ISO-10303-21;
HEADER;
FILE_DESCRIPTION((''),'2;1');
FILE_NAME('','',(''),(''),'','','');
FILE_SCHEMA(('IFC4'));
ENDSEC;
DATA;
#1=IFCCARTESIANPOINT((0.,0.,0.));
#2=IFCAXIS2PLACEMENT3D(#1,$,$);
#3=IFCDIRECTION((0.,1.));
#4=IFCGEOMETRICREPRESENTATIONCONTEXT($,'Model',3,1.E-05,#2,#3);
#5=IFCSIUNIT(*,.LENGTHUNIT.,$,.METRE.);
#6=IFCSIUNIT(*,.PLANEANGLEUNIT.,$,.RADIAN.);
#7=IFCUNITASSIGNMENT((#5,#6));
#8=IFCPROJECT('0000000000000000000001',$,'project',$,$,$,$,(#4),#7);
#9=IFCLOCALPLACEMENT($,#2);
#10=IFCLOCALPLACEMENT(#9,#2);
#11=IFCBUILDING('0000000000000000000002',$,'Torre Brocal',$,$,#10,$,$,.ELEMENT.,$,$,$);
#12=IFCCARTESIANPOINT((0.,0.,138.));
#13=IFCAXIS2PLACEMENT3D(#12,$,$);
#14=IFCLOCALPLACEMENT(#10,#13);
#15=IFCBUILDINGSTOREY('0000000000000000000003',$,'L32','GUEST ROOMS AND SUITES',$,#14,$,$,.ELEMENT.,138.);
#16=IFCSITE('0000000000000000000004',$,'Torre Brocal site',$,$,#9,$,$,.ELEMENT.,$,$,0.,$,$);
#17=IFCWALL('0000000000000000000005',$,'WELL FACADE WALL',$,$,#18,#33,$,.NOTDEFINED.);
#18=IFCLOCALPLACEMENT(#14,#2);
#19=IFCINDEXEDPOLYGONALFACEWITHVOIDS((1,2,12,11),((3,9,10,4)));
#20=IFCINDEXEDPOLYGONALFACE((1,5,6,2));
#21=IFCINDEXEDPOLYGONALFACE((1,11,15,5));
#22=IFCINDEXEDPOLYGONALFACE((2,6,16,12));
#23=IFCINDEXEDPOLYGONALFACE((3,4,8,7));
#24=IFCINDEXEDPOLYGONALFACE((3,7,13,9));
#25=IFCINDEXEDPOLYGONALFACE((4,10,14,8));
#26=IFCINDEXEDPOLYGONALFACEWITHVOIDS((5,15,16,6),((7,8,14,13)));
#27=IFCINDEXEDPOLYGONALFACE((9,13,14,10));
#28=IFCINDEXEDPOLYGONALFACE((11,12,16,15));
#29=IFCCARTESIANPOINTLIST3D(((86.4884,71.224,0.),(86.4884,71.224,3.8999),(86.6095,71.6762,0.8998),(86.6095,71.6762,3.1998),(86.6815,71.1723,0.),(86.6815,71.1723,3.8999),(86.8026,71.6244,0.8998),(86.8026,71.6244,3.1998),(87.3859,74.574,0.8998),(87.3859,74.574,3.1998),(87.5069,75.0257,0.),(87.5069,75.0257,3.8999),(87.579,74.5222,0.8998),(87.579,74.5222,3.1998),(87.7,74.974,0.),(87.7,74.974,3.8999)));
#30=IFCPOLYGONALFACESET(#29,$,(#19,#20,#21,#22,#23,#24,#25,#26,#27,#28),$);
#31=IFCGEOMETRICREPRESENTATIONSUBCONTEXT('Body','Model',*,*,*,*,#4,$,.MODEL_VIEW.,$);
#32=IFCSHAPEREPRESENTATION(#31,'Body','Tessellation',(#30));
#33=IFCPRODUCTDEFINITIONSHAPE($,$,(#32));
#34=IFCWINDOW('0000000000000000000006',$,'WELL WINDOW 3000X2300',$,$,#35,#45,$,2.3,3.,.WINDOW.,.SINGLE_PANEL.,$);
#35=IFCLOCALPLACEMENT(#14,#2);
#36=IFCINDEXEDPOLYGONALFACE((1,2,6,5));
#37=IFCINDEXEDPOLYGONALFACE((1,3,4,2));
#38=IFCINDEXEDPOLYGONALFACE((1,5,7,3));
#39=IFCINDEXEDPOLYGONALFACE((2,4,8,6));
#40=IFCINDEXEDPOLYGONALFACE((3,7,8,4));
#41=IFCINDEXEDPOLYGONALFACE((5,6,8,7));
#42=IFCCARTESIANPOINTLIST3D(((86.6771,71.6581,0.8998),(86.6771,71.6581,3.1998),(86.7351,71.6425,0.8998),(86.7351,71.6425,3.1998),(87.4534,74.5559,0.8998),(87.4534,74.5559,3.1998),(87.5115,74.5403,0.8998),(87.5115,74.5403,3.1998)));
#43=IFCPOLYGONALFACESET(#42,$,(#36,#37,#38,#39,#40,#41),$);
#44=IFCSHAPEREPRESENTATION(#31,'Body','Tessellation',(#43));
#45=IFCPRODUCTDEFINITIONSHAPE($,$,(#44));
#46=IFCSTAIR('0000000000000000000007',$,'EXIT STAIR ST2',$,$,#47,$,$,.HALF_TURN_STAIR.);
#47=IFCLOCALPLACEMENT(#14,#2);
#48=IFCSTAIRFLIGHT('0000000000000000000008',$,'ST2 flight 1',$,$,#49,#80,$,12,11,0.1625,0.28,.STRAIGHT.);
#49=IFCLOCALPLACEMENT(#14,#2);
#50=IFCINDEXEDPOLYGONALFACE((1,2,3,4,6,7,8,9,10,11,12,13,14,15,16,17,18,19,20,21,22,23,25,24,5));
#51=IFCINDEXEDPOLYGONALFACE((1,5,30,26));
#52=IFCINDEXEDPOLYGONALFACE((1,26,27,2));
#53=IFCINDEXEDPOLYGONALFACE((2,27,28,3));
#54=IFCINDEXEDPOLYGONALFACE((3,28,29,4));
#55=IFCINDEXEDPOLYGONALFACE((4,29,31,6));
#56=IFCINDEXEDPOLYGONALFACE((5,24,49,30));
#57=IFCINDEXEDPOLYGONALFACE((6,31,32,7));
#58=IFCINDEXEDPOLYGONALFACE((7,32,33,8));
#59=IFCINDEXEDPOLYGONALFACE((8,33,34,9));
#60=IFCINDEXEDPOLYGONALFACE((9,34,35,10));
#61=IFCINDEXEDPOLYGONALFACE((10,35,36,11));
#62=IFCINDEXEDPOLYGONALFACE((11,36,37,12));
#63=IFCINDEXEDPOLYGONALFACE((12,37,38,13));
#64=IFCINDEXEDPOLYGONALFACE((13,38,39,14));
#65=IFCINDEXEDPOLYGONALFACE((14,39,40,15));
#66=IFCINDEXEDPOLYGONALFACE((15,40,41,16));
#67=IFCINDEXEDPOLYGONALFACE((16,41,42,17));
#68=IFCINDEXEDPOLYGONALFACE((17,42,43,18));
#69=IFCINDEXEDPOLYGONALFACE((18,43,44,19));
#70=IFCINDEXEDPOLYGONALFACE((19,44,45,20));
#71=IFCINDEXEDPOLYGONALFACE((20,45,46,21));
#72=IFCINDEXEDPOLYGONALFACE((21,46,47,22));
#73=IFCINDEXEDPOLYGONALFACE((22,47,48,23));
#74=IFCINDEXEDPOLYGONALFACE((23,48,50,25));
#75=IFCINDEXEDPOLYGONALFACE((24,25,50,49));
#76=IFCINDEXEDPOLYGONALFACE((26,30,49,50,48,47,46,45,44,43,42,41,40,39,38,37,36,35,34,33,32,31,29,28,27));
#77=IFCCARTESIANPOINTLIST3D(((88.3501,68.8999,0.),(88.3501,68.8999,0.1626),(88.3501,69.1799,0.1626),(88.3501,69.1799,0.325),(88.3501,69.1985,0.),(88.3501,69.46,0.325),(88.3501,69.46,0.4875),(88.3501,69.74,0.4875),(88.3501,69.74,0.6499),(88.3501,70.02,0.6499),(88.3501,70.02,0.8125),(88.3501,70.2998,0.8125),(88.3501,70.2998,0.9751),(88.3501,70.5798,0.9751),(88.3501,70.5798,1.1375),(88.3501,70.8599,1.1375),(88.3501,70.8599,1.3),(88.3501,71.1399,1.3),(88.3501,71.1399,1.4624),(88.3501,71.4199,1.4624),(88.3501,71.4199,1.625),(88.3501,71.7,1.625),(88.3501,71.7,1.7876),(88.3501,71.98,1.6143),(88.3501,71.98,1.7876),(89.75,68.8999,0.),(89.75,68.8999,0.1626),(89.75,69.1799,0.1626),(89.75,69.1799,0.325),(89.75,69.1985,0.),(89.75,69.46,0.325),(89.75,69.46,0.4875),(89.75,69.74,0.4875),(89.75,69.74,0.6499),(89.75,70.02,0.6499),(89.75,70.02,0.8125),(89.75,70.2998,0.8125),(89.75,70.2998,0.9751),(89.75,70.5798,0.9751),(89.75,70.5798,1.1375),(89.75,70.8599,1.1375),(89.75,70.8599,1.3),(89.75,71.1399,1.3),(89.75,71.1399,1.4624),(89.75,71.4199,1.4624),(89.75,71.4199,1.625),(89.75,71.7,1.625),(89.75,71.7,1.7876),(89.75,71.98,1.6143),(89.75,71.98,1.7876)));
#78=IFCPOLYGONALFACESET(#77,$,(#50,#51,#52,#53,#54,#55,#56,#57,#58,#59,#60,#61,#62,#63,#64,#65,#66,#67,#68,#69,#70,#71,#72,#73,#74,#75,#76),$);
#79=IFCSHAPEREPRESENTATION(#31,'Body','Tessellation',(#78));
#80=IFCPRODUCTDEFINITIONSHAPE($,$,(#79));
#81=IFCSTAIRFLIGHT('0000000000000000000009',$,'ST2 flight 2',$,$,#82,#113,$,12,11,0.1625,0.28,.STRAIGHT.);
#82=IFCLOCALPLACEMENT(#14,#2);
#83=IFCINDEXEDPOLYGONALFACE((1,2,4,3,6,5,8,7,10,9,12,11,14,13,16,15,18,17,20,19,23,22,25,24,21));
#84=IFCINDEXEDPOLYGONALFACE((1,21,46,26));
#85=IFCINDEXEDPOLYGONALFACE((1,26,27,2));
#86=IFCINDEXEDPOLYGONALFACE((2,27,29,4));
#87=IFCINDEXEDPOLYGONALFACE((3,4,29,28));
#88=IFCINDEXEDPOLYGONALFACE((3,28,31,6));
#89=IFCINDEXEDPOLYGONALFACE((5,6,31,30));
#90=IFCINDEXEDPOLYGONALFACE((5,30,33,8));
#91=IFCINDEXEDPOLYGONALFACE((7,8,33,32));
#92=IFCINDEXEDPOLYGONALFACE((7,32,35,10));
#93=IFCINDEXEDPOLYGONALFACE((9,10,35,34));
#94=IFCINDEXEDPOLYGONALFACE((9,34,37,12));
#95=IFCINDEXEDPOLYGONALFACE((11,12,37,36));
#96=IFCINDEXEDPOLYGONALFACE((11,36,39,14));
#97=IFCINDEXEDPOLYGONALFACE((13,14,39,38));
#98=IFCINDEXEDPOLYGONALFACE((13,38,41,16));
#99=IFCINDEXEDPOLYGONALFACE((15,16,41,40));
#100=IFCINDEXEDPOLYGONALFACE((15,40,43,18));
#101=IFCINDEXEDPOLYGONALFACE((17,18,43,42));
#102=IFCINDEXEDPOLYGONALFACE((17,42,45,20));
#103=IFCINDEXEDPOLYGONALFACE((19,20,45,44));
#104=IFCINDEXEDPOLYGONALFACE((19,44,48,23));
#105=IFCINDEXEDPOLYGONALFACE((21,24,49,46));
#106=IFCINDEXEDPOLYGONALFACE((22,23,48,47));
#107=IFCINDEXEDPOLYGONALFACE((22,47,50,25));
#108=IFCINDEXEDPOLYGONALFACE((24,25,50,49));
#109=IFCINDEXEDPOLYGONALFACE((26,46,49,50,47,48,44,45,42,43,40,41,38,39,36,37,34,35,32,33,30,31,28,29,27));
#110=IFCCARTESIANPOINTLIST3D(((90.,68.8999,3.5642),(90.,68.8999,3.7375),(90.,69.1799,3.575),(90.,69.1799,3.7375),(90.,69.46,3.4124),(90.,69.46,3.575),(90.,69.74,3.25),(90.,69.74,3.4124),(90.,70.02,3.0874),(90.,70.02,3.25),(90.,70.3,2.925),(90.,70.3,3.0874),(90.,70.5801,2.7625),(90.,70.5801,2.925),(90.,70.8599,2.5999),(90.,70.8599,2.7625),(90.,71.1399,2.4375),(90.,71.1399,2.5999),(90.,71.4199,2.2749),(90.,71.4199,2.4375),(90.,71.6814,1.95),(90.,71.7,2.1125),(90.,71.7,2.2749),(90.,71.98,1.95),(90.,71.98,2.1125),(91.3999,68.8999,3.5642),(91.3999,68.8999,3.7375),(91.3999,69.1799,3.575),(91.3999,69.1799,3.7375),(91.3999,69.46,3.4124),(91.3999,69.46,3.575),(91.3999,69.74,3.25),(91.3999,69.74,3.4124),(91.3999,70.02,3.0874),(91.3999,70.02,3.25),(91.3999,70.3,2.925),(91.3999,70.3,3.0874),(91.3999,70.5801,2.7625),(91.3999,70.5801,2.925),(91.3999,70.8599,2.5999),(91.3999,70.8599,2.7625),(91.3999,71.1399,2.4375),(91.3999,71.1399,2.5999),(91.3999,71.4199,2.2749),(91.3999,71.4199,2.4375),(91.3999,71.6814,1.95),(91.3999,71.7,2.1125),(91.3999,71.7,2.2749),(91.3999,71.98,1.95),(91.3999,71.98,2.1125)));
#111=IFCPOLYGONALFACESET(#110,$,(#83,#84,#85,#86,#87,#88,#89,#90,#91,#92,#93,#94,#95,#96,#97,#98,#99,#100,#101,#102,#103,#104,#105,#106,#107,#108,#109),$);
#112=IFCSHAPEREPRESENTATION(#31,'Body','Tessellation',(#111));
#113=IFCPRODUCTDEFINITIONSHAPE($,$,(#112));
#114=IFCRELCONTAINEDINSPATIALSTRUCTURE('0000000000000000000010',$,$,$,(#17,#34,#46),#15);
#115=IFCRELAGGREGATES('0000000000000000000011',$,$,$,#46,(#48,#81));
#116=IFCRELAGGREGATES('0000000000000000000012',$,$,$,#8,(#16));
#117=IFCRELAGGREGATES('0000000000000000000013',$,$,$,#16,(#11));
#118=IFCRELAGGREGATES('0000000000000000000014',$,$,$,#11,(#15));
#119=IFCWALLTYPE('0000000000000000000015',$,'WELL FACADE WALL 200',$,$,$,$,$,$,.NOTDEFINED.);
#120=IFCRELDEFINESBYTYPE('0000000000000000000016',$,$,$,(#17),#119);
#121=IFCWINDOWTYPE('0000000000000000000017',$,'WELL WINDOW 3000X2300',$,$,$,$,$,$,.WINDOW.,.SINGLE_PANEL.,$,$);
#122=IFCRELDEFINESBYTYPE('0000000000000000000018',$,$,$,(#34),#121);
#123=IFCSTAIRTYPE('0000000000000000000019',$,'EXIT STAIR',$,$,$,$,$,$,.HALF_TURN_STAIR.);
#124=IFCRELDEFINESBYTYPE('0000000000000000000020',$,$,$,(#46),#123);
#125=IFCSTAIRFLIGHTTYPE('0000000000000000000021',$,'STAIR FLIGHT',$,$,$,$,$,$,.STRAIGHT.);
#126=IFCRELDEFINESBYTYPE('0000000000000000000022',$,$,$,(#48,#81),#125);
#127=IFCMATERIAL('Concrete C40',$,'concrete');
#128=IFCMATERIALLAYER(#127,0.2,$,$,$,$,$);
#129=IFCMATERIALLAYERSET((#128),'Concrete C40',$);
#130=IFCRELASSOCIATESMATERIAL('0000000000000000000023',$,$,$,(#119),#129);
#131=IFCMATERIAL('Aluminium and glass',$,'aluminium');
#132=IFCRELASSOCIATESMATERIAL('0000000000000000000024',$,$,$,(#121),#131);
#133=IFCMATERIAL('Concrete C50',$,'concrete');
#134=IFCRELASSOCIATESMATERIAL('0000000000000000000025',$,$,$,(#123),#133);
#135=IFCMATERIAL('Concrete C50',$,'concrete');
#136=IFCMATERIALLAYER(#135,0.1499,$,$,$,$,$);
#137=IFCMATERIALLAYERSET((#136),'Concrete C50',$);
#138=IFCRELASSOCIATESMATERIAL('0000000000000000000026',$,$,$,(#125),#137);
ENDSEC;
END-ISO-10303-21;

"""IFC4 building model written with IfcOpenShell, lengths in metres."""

from ifc_helpers import new_model, si_unit, direction, frame, frame_2d, origin, place, context, subcontext, project, spatial, polyline, rectangle, outline, extrude, material, layer, layer_set, type_object, element, fill, aggregate, save


model = new_model("IFC4")

# Units and contexts
model_context = context("Model", 3, precision=1e-05, world=origin(), true_north=direction((0.0, 1.0)))
body_context = subcontext(model_context, "Body", "Model", "MODEL_VIEW")
ifc_project = project(units=[si_unit("LENGTHUNIT", "METRE"), si_unit("PLANEANGLEUNIT", "RADIAN")], contexts=[model_context])

# Site, building, storey
site_placement = place(None, origin())
site = spatial("IfcSite", under=ifc_project, at=site_placement, Name="Torre Brocal site", CompositionType="ELEMENT", RefElevation=0.0)
building_placement = place(site_placement, origin())
building = spatial("IfcBuilding", under=site, at=building_placement, Name="Torre Brocal", CompositionType="ELEMENT")
storey_placement = place(building_placement, frame((0.0, 0.0, 138.0)))
storey = spatial("IfcBuildingStorey", under=building, at=storey_placement, Name="L32", Description="GUEST ROOMS AND SUITES", CompositionType="ELEMENT", Elevation=138.0)

# Wall, opening, window
ifc_material_1 = material(Name="Concrete C40", Category="concrete")
ifc_layer_1 = layer(ifc_material_1, 0.2)
ifc_layer_set_1 = layer_set([ifc_layer_1], Name="Concrete C40")
wall_type_1 = type_object("IfcWallType", Name="WELL FACADE WALL 200", PredefinedType="NOTDEFINED", material=ifc_layer_set_1)
ifc_material_2 = material(Name="Aluminium and glass", Category="aluminium")
window_type = type_object("IfcWindowType", Name="WELL WINDOW 3000X2300", PartitioningType="SINGLE_PANEL", PredefinedType="WINDOW", material=ifc_material_2)
wall_1_placement = place(storey_placement, frame((86.585, 71.1982, 0.0), z_axis=(0.0, 0.0, 1.0), x_axis=(0.25879, 0.965934, 0.0)))
wall_1 = element("IfcWall", 1, at=wall_1_placement, inside=storey, type_object=wall_type_1, Name="WELL FACADE WALL", PredefinedType="NOTDEFINED", context=body_context, shape_type="SweptSolid", body=[
    extrude(rectangle(XDim=3.9358, YDim=0.2, at=frame_2d((1.9678, 0.0))), origin(), (0.0, 0.0, 1.0), 3.8999),
])
opening_1_placement = place(wall_1_placement, frame((0.468, 0.0, 0.8999)))
opening_1 = element("IfcOpeningElement", 2, at=opening_1_placement, cuts=wall_1, PredefinedType="OPENING", context=body_context, shape_type="SweptSolid", body=[
    extrude(rectangle(XDim=3.0, YDim=2.3, at=frame_2d((1.5, 1.1499))), frame((0.0, 0.1099, 0.0), z_axis=(0.0, -1.0, 0.0), x_axis=(1.0, 0.0, 0.0)), (0.0, 0.0, 1.0), 0.22),
])
window_1_placement = place(opening_1_placement, origin())
window_1 = element("IfcWindow", 3, at=window_1_placement, inside=storey, type_object=window_type, Name="WELL WINDOW 3000X2300", OverallHeight=2.3, OverallWidth=3.0, PartitioningType="SINGLE_PANEL", PredefinedType="WINDOW", context=body_context, shape_type="SweptSolid", body=[
    extrude(rectangle(XDim=3.0, YDim=2.3, at=frame_2d((1.5, 1.1499))), frame((0.0, 0.03, 0.0), z_axis=(0.0, -1.0, 0.0), x_axis=(1.0, 0.0, 0.0)), (0.0, 0.0, 1.0), 0.0601),
])
fill(opening_1, window_1)

# Stair, stair flights
ifc_material_3 = material(Name="Concrete C50", Category="concrete")
stair_type = type_object("IfcStairType", Name="EXIT STAIR", PredefinedType="HALF_TURN_STAIR", material=ifc_material_3)
stair_placement = place(storey_placement, origin())
stair = element("IfcStair", 4, at=stair_placement, inside=storey, type_object=stair_type, Name="EXIT STAIR ST2", PredefinedType="HALF_TURN_STAIR")
ifc_material_4 = material(Name="Concrete C50", Category="concrete")
ifc_layer_2 = layer(ifc_material_4, 0.1499)
ifc_layer_set_2 = layer_set([ifc_layer_2], Name="Concrete C50")
stair_flight_type = type_object("IfcStairFlightType", Name="STAIR FLIGHT", PredefinedType="STRAIGHT", material=ifc_layer_set_2)
stair_flight_1_placement = place(storey_placement, frame((89.05, 68.8999, 0.0), z_axis=(0.0, 0.0, 1.0), x_axis=(0.0, 1.0, 0.0)))
stair_flight_1 = element("IfcStairFlight", 5, at=stair_flight_1_placement, type_object=stair_flight_type, Name="ST2 flight 1", NumberOfRisers=12, NumberOfTreads=11, PredefinedType="STRAIGHT", RiserHeight=0.1625, TreadLength=0.28, context=body_context, shape_type="SweptSolid", body=[
    extrude(outline(polyline([(0.0, 0.0), (0.0, 0.1626), (0.28, 0.1626), (0.28, 0.325), (0.5601, 0.325), (0.5601, 0.4875), (0.8401, 0.4875), (0.8401, 0.6499), (1.1201, 0.6499), (1.1201, 0.8125), (1.3999, 0.8125), (1.3999, 0.9751), (1.6799, 0.9751), (1.6799, 1.1375), (1.96, 1.1375), (1.96, 1.3), (2.24, 1.3), (2.24, 1.4624), (2.52, 1.4624), (2.52, 1.625), (2.8, 1.625), (2.8, 1.7876), (3.0801, 1.7876), (3.0801, 1.95), (3.0801, 1.6143), (0.2986, 0.0), (0.0, 0.0)])), frame((0.0, 0.7, 0.0), z_axis=(0.0, -1.0, 0.0), x_axis=(1.0, 0.0, 0.0)), (0.0, 0.0, 1.0), 1.3999),
])
stair_flight_2_placement = place(storey_placement, frame((90.7, 71.98, 1.95), z_axis=(0.0, 0.0, 1.0), x_axis=(0.0, -1.0, 0.0)))
stair_flight_2 = element("IfcStairFlight", 6, at=stair_flight_2_placement, type_object=stair_flight_type, Name="ST2 flight 2", NumberOfRisers=12, NumberOfTreads=11, PredefinedType="STRAIGHT", RiserHeight=0.1625, TreadLength=0.28, context=body_context, shape_type="SweptSolid", body=[
    extrude(outline(polyline([(0.0, 0.0), (0.0, 0.1626), (0.28, 0.1626), (0.28, 0.325), (0.5601, 0.325), (0.5601, 0.4875), (0.8401, 0.4875), (0.8401, 0.6499), (1.1201, 0.6499), (1.1201, 0.8125), (1.3999, 0.8125), (1.3999, 0.9751), (1.6799, 0.9751), (1.6799, 1.1375), (1.96, 1.1375), (1.96, 1.3), (2.24, 1.3), (2.24, 1.4624), (2.52, 1.4624), (2.52, 1.625), (2.8, 1.625), (2.8, 1.7876), (3.0801, 1.7876), (3.0801, 1.95), (3.0801, 1.6143), (0.2986, 0.0), (0.0, 0.0)])), frame((0.0, 0.7, 0.0), z_axis=(0.0, -1.0, 0.0), x_axis=(1.0, 0.0, 0.0)), (0.0, 0.0, 1.0), 1.3999),
])
aggregate(stair, [stair_flight_1, stair_flight_2])

save(model, "model.ifc")
